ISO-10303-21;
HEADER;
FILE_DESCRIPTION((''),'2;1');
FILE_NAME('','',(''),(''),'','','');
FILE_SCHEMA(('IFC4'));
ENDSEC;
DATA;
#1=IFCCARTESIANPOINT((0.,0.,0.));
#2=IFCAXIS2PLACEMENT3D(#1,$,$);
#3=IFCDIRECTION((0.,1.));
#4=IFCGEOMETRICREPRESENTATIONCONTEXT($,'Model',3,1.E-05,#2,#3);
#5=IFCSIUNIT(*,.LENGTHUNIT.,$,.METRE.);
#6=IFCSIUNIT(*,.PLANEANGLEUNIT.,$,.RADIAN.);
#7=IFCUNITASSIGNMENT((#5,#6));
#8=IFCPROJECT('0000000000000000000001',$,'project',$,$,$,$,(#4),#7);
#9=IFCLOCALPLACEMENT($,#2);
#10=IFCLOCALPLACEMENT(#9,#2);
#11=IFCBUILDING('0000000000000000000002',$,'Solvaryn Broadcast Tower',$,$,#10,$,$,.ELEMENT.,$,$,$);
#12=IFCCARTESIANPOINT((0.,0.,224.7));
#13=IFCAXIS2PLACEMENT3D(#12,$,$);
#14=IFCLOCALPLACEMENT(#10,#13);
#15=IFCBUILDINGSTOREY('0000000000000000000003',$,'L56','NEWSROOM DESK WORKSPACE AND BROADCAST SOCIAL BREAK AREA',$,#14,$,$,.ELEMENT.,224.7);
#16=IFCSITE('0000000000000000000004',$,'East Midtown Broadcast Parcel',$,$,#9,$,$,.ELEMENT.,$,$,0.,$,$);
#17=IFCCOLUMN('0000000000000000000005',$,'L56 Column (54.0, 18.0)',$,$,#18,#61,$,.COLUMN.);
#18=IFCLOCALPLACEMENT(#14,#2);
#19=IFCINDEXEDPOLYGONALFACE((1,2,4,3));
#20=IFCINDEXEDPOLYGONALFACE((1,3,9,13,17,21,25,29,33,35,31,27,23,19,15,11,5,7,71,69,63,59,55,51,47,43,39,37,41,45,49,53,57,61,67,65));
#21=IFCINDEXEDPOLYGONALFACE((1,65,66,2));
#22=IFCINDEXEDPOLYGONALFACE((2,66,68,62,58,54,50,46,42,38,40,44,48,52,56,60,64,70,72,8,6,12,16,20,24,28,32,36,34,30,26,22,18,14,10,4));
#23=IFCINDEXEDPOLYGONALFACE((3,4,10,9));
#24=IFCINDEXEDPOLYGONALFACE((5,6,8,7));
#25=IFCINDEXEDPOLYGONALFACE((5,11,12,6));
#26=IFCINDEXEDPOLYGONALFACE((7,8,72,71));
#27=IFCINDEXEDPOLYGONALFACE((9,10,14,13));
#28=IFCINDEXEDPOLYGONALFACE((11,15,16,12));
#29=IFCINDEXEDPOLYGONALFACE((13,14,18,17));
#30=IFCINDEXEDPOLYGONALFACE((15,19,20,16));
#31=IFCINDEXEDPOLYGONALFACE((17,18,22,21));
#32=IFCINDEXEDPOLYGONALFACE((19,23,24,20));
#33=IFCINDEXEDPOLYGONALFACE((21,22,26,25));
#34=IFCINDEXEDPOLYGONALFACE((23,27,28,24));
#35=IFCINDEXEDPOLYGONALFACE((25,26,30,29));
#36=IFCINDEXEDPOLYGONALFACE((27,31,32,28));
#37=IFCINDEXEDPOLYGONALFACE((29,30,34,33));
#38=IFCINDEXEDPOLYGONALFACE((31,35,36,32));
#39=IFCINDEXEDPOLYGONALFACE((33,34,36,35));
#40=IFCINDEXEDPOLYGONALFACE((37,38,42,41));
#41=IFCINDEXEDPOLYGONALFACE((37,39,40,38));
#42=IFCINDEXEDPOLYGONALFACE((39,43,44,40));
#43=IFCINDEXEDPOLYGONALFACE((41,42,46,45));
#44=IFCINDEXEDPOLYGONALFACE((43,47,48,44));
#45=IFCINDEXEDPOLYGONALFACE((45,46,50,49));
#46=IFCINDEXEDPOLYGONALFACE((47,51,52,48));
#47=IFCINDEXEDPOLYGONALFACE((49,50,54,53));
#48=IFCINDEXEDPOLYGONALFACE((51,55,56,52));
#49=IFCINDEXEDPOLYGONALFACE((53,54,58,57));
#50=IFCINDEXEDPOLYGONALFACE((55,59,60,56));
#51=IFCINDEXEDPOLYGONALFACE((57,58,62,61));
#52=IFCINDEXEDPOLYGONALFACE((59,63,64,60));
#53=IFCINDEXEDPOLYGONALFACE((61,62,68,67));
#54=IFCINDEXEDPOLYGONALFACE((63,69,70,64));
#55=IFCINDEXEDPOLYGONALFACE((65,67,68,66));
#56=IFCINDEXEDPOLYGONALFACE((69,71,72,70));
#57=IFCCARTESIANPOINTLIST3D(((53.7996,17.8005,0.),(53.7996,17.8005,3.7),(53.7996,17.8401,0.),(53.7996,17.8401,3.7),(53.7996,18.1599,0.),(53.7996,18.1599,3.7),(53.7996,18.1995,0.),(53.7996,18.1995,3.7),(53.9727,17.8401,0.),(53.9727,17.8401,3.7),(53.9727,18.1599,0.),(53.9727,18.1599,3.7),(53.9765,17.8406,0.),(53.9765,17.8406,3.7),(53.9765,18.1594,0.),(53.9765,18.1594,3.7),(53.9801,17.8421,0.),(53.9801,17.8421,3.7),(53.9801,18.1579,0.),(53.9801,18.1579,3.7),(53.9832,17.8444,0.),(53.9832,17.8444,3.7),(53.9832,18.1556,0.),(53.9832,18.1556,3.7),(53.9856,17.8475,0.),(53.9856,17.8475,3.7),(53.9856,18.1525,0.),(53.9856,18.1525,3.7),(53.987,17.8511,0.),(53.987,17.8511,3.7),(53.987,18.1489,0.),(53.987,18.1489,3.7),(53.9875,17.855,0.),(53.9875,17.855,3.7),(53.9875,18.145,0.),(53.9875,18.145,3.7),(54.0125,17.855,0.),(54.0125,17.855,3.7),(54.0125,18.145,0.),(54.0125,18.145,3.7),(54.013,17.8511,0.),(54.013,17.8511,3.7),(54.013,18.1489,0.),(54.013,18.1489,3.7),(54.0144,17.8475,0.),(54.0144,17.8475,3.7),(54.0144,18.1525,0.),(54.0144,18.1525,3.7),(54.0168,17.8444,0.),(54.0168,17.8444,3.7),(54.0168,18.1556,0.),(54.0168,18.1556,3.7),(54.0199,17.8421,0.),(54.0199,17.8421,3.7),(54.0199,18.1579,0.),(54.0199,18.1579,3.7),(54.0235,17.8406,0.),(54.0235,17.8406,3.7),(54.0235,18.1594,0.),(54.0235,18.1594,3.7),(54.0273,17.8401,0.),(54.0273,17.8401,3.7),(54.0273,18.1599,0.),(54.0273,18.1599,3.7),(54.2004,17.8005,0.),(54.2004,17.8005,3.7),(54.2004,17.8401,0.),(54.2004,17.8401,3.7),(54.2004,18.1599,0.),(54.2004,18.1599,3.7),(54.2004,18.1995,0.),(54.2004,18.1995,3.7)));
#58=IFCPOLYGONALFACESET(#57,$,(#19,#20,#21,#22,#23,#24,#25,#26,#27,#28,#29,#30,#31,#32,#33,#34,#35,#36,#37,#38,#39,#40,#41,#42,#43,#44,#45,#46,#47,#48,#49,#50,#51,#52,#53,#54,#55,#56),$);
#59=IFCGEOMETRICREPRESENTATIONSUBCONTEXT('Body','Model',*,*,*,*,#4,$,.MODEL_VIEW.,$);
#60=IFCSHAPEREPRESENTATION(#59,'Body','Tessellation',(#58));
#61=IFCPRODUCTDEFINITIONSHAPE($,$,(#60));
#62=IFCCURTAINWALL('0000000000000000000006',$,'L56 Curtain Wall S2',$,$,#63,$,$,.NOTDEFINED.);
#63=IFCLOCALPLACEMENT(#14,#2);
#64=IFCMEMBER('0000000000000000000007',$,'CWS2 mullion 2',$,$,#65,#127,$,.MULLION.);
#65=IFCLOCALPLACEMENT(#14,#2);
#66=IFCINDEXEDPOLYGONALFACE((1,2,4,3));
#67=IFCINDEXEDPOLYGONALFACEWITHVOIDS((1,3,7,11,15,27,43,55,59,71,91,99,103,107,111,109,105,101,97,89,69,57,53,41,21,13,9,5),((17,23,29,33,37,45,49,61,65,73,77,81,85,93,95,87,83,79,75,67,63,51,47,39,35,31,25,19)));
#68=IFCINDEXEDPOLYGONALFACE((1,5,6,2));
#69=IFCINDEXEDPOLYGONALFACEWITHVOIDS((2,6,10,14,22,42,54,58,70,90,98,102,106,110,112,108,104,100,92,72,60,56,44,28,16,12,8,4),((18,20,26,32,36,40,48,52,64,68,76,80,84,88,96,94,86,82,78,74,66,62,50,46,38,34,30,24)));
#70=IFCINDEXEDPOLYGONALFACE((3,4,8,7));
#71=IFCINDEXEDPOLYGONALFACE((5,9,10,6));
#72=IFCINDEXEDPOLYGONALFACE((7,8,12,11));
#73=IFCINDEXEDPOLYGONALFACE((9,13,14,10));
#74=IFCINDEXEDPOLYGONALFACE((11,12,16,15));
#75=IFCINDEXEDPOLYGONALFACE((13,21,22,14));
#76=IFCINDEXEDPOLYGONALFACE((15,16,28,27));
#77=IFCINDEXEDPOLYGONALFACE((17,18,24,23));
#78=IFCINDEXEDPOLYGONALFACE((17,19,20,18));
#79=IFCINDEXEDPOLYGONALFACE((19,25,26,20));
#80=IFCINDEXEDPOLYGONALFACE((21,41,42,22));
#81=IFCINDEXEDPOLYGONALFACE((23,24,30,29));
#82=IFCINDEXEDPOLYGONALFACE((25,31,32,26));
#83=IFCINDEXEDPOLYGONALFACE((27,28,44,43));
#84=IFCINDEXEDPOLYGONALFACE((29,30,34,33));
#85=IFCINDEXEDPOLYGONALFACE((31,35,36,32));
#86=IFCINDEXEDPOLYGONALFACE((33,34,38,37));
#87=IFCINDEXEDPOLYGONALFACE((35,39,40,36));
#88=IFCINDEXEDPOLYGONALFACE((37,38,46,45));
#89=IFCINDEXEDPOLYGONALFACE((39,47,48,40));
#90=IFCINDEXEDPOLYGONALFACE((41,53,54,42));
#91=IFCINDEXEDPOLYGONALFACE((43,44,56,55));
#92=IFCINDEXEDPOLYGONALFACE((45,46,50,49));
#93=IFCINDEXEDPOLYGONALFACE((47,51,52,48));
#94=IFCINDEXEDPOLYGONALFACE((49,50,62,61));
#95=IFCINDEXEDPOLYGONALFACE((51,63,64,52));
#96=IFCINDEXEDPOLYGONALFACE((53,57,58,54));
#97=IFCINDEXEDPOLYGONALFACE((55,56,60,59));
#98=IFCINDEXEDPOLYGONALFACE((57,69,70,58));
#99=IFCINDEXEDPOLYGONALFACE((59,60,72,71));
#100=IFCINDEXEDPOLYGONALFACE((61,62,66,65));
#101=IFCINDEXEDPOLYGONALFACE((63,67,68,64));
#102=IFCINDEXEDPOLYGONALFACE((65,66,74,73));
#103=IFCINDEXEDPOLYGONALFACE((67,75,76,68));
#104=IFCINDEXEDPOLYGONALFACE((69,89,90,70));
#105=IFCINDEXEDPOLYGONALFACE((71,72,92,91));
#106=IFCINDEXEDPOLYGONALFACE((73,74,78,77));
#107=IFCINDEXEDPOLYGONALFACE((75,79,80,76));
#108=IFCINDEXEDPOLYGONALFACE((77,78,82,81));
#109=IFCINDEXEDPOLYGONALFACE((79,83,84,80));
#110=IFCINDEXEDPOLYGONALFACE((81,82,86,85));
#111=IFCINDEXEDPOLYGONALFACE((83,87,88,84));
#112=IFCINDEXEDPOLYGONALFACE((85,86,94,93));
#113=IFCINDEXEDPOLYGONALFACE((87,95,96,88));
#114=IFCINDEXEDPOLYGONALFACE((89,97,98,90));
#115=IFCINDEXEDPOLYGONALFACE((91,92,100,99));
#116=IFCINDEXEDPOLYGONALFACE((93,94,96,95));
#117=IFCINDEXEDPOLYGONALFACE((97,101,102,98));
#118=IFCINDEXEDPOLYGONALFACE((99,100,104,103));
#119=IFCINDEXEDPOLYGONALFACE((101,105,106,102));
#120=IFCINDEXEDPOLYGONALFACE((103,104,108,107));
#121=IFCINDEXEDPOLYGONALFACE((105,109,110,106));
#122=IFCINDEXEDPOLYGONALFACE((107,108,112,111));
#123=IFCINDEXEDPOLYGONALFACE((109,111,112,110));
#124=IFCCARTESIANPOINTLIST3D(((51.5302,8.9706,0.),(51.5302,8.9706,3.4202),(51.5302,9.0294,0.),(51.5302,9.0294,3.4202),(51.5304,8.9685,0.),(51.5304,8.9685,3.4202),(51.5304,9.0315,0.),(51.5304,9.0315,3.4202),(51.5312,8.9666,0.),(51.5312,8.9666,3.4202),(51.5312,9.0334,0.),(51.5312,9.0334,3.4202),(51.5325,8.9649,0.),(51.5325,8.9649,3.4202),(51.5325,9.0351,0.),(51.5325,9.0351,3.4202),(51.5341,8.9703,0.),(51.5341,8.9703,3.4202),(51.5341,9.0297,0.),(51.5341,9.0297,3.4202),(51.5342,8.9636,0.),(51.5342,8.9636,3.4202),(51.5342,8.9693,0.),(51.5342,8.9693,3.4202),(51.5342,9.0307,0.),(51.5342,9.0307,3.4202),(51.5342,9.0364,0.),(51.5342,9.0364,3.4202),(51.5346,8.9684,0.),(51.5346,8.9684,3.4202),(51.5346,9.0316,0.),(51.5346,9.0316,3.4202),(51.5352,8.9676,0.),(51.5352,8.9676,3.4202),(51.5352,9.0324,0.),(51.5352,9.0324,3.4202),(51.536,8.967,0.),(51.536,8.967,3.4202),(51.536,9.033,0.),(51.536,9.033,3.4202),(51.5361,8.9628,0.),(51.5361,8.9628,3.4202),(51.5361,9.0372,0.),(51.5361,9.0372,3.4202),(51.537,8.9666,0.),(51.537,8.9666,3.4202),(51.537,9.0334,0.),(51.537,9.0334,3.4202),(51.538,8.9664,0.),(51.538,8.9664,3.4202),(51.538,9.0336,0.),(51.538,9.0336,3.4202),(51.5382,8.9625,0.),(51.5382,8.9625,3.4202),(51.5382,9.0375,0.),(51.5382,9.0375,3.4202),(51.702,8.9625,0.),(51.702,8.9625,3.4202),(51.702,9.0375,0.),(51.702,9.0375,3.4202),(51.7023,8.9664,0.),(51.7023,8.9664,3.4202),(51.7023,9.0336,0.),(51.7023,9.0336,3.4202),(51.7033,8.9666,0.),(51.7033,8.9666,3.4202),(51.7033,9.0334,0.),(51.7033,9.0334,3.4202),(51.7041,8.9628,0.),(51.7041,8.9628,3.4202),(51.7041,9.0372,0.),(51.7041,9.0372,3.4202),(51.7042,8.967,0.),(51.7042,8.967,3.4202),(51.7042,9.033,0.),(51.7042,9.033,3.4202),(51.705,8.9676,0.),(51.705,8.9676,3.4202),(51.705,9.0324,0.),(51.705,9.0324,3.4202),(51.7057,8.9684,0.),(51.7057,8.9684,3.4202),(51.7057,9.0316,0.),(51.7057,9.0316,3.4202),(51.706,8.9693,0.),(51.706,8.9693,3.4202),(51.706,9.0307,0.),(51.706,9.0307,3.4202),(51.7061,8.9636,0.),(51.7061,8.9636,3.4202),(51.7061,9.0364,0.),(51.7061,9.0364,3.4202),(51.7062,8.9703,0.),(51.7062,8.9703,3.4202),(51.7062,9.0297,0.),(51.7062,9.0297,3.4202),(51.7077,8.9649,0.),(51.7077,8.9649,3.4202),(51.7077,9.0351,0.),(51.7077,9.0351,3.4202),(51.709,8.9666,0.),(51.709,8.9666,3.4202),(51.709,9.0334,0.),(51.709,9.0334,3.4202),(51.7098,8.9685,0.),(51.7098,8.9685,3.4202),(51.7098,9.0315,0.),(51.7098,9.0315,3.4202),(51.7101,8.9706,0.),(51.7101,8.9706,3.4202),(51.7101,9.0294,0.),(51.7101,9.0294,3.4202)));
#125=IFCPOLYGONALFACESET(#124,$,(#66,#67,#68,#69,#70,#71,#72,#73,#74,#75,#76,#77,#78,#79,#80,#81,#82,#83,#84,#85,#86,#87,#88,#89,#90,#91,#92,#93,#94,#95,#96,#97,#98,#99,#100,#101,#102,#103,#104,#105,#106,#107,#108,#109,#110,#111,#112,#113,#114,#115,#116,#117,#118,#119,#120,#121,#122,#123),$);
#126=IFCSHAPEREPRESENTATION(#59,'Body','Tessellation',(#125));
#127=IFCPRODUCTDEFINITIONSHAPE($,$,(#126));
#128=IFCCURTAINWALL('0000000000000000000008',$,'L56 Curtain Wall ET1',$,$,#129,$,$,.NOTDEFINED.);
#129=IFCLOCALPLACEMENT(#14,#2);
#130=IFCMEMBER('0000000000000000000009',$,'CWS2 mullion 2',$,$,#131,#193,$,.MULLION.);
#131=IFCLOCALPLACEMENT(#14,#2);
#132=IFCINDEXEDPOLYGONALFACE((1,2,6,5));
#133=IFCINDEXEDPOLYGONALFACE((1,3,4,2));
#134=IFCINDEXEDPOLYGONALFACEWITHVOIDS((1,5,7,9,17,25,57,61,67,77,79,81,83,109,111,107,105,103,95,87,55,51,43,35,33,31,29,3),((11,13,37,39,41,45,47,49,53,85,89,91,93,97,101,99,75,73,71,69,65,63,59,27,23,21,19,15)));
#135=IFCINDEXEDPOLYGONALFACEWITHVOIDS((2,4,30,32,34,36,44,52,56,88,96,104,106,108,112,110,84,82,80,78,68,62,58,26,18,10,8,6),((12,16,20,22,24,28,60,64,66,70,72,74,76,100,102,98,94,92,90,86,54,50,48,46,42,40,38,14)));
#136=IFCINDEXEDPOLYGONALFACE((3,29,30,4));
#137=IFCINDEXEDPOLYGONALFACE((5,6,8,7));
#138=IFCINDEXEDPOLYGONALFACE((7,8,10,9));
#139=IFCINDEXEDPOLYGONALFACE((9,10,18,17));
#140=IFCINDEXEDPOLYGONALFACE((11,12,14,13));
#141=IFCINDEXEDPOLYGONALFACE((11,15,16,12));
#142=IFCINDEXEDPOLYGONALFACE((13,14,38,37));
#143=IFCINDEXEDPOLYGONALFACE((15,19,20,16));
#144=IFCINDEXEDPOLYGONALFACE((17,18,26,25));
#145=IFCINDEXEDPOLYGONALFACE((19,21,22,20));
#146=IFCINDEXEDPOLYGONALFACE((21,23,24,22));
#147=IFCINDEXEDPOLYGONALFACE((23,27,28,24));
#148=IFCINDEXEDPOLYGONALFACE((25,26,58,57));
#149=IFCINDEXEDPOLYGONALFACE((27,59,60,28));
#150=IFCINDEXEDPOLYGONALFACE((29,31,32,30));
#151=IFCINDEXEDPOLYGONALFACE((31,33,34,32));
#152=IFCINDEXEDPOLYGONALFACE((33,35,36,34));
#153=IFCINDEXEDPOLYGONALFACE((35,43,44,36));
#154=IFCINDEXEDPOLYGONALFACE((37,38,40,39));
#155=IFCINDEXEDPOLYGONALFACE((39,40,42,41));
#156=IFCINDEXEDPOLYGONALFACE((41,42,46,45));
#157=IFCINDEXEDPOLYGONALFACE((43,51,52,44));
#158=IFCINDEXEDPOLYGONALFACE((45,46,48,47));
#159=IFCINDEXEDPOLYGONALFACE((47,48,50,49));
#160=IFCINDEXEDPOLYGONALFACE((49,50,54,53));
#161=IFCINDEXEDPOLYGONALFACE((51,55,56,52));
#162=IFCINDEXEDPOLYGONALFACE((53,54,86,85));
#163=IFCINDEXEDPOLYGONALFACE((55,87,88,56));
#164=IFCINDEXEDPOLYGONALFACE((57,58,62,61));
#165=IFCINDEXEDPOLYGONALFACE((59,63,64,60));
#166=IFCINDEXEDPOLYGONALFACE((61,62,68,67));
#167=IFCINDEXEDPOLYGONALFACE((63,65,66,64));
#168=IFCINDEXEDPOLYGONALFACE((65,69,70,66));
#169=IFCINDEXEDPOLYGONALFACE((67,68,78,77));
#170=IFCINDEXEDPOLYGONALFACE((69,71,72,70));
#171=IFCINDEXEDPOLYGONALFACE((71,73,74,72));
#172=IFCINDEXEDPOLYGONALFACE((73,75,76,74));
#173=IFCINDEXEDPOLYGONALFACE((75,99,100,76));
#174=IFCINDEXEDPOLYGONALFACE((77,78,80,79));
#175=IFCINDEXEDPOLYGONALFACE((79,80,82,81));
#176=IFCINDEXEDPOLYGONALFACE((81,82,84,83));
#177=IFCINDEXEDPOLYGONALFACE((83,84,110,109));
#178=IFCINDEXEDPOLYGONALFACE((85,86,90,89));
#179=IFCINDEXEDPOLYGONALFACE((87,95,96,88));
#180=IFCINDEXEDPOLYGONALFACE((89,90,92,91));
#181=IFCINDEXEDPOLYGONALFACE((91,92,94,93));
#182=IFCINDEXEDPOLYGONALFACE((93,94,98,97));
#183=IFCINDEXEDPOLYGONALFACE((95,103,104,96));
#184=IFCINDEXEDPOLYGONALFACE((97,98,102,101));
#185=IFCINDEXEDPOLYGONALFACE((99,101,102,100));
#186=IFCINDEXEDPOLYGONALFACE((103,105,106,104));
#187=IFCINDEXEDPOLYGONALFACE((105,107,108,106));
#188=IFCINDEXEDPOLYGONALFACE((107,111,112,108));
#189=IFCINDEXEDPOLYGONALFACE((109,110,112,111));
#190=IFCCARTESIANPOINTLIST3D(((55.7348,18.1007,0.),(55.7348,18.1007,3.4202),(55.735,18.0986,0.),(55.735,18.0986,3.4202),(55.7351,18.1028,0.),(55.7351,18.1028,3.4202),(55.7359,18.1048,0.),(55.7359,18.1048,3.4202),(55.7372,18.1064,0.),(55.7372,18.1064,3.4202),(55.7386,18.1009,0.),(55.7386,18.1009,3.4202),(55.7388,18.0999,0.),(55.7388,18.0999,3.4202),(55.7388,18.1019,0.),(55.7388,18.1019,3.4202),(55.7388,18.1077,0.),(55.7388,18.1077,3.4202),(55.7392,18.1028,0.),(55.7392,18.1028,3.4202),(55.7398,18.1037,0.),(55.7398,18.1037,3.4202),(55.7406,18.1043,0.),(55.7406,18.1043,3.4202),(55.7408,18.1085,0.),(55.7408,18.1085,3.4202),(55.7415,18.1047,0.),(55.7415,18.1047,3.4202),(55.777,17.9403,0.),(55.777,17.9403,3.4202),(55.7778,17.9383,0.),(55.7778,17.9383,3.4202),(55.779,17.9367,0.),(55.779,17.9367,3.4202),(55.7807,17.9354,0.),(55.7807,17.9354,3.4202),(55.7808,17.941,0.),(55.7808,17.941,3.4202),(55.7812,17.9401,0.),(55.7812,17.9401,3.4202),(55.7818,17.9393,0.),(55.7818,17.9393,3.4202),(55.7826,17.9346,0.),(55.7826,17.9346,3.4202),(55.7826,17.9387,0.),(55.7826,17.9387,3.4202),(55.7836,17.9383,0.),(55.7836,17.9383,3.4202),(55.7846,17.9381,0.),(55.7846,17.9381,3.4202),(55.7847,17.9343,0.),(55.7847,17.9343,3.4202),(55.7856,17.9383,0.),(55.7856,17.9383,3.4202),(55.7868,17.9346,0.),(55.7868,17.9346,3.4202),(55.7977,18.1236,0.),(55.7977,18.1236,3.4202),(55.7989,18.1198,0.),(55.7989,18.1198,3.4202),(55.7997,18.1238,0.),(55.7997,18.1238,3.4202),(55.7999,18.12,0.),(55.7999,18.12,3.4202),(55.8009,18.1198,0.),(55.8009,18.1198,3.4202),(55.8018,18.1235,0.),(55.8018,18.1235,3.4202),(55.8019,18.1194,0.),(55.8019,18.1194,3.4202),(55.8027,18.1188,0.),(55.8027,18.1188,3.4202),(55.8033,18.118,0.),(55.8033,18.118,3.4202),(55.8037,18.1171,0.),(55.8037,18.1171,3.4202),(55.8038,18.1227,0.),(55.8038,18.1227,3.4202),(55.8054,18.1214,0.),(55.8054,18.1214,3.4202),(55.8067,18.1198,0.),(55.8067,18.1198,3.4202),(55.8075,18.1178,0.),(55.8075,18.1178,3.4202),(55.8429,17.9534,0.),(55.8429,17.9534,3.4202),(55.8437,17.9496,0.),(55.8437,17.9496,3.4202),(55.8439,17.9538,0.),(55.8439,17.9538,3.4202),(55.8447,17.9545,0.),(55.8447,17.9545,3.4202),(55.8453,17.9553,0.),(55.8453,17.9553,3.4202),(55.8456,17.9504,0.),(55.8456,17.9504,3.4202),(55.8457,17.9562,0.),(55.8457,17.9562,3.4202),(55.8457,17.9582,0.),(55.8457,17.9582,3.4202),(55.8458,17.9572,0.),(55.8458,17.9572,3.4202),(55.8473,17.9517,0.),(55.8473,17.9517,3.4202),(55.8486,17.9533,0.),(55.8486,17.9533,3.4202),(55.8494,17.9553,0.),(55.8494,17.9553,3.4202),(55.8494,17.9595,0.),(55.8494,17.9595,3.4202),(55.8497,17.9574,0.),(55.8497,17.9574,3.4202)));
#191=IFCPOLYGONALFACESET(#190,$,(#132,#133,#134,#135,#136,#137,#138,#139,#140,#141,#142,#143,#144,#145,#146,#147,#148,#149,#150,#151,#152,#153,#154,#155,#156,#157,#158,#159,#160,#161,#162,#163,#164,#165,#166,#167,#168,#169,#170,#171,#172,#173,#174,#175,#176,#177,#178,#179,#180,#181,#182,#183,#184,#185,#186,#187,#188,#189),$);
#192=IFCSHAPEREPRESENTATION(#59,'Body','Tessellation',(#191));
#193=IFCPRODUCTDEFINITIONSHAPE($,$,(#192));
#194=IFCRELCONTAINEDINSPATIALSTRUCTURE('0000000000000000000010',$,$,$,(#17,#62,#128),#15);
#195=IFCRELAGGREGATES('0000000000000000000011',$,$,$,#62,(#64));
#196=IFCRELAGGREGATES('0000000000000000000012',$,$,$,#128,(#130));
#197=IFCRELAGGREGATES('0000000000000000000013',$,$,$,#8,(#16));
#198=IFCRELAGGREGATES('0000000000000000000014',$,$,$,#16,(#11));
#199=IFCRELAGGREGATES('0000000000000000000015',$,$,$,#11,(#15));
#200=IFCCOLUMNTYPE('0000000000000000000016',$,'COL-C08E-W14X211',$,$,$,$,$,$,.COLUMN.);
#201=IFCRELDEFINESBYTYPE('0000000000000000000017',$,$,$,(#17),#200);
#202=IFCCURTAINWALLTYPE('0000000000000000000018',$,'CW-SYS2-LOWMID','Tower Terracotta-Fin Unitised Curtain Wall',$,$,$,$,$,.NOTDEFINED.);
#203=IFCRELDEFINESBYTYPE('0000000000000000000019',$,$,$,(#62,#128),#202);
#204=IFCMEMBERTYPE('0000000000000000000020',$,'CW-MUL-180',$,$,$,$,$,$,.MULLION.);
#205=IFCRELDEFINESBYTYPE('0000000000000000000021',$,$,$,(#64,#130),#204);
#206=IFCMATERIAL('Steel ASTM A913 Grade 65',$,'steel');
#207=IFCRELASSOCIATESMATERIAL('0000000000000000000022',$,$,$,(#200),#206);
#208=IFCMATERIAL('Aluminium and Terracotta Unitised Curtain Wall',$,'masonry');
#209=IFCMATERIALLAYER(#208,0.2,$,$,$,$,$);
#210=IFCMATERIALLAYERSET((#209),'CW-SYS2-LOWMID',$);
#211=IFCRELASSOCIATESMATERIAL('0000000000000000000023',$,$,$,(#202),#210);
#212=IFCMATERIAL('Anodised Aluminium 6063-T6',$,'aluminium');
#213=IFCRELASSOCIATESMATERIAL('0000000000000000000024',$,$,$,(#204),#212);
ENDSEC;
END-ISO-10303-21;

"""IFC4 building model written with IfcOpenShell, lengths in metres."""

from ifc_helpers import new_model, si_unit, direction, frame, origin, origin_2d, place, context, subcontext, project, spatial, hollow_rectangle, i_section, extrude, material, layer, layer_set, material_profile, profile_set, type_object, element, aggregate, save


model = new_model("IFC4")

# Units and contexts
model_context = context("Model", 3, precision=1e-05, world=origin(), true_north=direction((0.0, 1.0)))
body_context = subcontext(model_context, "Body", "Model", "MODEL_VIEW")
ifc_project = project(units=[si_unit("LENGTHUNIT", "METRE"), si_unit("PLANEANGLEUNIT", "RADIAN")], contexts=[model_context])

# Site, building, storey
site_placement = place(None, origin())
site = spatial("IfcSite", under=ifc_project, at=site_placement, Name="East Midtown Broadcast Parcel", CompositionType="ELEMENT", RefElevation=0.0)
building_placement = place(site_placement, origin())
building = spatial("IfcBuilding", under=site, at=building_placement, Name="Solvaryn Broadcast Tower", CompositionType="ELEMENT")
storey_placement = place(building_placement, frame((0.0, 0.0, 224.7)))
storey = spatial("IfcBuildingStorey", under=building, at=storey_placement, Name="L56", Description="NEWSROOM DESK WORKSPACE AND BROADCAST SOCIAL BREAK AREA", CompositionType="ELEMENT", Elevation=224.7)

# Column
ifc_material_1 = material(Name="Steel ASTM A913 Grade 65", Category="steel")
ifc_material_profile_1 = material_profile(ifc_material_1, i_section(OverallWidth=0.4009, OverallDepth=0.3989, WebThickness=0.0249, FlangeThickness=0.0396, FilletRadius=0.0149, at=origin_2d()))
ifc_profile_set_1 = profile_set([ifc_material_profile_1], Name="Steel ASTM A913 Grade 65")
column_type = type_object("IfcColumnType", Name="COL-C08E-W14X211", PredefinedType="COLUMN", material=ifc_profile_set_1)
column_placement = place(storey_placement, frame((54.0, 18.0, 0.0), z_axis=(0.0, 0.0, 1.0), x_axis=(1.0, 0.0, 0.0)))
element("IfcColumn", 1, at=column_placement, inside=storey, type_object=column_type, Name="L56 Column (54.0, 18.0)", PredefinedType="COLUMN", context=body_context, shape_type="SweptSolid", body=[
    extrude(i_section(OverallWidth=0.4009, OverallDepth=0.3989, WebThickness=0.0249, FlangeThickness=0.0396, FilletRadius=0.0149, at=origin_2d()), origin(), (0.0, 0.0, 1.0), 3.7),
])

# Curtain walls, members
ifc_material_2 = material(Name="Aluminium and Terracotta Unitised Curtain Wall", Category="masonry")
ifc_layer_1 = layer(ifc_material_2, 0.2)
ifc_layer_set_1 = layer_set([ifc_layer_1], Name="CW-SYS2-LOWMID")
curtain_wall_type = type_object("IfcCurtainWallType", Name="CW-SYS2-LOWMID", Description="Tower Terracotta-Fin Unitised Curtain Wall", PredefinedType="NOTDEFINED", material=ifc_layer_set_1)
curtain_wall_1_placement = place(storey_placement, origin())
curtain_wall_1 = element("IfcCurtainWall", 2, at=curtain_wall_1_placement, inside=storey, type_object=curtain_wall_type, Name="L56 Curtain Wall S2", PredefinedType="NOTDEFINED")
ifc_material_3 = material(Name="Anodised Aluminium 6063-T6", Category="aluminium")
ifc_material_profile_2 = material_profile(ifc_material_3, hollow_rectangle(XDim=0.075, YDim=0.1799, WallThickness=0.0039, InnerFilletRadius=0.0039, OuterFilletRadius=0.0081, at=origin_2d()))
ifc_profile_set_2 = profile_set([ifc_material_profile_2], Name="Anodised Aluminium 6063-T6")
member_type_1 = type_object("IfcMemberType", Name="CW-MUL-180", PredefinedType="MULLION", material=ifc_profile_set_2)
member_1_placement = place(storey_placement, frame((51.6201, 9.0, 0.0), z_axis=(0.0, 0.0, 1.0), x_axis=(0.0, 1.0, 0.0)))
member_1 = element("IfcMember", 3, at=member_1_placement, type_object=member_type_1, Name="CWS2 mullion 2", PredefinedType="MULLION", context=body_context, shape_type="SweptSolid", body=[
    extrude(hollow_rectangle(XDim=0.075, YDim=0.1799, WallThickness=0.0039, InnerFilletRadius=0.0039, OuterFilletRadius=0.0081, at=origin_2d()), origin(), (0.0, 0.0, 1.0), 3.4202),
])
aggregate(curtain_wall_1, [member_1])
curtain_wall_2_placement = place(storey_placement, origin())
curtain_wall_2 = element("IfcCurtainWall", 4, at=curtain_wall_2_placement, inside=storey, type_object=curtain_wall_type, Name="L56 Curtain Wall ET1", PredefinedType="NOTDEFINED")
member_2_placement = place(storey_placement, frame((55.7922, 18.0291, 0.0), z_axis=(0.0, 0.0, 1.0), x_axis=(0.966705, 0.255893, 0.0)))
member_2 = element("IfcMember", 5, at=member_2_placement, type_object=member_type_1, Name="CWS2 mullion 2", PredefinedType="MULLION", context=body_context, shape_type="SweptSolid", body=[
    extrude(hollow_rectangle(XDim=0.075, YDim=0.1799, WallThickness=0.0039, InnerFilletRadius=0.0039, OuterFilletRadius=0.0081, at=origin_2d()), origin(), (0.0, 0.0, 1.0), 3.4202),
])
aggregate(curtain_wall_2, [member_2])

save(model, "model.ifc")
